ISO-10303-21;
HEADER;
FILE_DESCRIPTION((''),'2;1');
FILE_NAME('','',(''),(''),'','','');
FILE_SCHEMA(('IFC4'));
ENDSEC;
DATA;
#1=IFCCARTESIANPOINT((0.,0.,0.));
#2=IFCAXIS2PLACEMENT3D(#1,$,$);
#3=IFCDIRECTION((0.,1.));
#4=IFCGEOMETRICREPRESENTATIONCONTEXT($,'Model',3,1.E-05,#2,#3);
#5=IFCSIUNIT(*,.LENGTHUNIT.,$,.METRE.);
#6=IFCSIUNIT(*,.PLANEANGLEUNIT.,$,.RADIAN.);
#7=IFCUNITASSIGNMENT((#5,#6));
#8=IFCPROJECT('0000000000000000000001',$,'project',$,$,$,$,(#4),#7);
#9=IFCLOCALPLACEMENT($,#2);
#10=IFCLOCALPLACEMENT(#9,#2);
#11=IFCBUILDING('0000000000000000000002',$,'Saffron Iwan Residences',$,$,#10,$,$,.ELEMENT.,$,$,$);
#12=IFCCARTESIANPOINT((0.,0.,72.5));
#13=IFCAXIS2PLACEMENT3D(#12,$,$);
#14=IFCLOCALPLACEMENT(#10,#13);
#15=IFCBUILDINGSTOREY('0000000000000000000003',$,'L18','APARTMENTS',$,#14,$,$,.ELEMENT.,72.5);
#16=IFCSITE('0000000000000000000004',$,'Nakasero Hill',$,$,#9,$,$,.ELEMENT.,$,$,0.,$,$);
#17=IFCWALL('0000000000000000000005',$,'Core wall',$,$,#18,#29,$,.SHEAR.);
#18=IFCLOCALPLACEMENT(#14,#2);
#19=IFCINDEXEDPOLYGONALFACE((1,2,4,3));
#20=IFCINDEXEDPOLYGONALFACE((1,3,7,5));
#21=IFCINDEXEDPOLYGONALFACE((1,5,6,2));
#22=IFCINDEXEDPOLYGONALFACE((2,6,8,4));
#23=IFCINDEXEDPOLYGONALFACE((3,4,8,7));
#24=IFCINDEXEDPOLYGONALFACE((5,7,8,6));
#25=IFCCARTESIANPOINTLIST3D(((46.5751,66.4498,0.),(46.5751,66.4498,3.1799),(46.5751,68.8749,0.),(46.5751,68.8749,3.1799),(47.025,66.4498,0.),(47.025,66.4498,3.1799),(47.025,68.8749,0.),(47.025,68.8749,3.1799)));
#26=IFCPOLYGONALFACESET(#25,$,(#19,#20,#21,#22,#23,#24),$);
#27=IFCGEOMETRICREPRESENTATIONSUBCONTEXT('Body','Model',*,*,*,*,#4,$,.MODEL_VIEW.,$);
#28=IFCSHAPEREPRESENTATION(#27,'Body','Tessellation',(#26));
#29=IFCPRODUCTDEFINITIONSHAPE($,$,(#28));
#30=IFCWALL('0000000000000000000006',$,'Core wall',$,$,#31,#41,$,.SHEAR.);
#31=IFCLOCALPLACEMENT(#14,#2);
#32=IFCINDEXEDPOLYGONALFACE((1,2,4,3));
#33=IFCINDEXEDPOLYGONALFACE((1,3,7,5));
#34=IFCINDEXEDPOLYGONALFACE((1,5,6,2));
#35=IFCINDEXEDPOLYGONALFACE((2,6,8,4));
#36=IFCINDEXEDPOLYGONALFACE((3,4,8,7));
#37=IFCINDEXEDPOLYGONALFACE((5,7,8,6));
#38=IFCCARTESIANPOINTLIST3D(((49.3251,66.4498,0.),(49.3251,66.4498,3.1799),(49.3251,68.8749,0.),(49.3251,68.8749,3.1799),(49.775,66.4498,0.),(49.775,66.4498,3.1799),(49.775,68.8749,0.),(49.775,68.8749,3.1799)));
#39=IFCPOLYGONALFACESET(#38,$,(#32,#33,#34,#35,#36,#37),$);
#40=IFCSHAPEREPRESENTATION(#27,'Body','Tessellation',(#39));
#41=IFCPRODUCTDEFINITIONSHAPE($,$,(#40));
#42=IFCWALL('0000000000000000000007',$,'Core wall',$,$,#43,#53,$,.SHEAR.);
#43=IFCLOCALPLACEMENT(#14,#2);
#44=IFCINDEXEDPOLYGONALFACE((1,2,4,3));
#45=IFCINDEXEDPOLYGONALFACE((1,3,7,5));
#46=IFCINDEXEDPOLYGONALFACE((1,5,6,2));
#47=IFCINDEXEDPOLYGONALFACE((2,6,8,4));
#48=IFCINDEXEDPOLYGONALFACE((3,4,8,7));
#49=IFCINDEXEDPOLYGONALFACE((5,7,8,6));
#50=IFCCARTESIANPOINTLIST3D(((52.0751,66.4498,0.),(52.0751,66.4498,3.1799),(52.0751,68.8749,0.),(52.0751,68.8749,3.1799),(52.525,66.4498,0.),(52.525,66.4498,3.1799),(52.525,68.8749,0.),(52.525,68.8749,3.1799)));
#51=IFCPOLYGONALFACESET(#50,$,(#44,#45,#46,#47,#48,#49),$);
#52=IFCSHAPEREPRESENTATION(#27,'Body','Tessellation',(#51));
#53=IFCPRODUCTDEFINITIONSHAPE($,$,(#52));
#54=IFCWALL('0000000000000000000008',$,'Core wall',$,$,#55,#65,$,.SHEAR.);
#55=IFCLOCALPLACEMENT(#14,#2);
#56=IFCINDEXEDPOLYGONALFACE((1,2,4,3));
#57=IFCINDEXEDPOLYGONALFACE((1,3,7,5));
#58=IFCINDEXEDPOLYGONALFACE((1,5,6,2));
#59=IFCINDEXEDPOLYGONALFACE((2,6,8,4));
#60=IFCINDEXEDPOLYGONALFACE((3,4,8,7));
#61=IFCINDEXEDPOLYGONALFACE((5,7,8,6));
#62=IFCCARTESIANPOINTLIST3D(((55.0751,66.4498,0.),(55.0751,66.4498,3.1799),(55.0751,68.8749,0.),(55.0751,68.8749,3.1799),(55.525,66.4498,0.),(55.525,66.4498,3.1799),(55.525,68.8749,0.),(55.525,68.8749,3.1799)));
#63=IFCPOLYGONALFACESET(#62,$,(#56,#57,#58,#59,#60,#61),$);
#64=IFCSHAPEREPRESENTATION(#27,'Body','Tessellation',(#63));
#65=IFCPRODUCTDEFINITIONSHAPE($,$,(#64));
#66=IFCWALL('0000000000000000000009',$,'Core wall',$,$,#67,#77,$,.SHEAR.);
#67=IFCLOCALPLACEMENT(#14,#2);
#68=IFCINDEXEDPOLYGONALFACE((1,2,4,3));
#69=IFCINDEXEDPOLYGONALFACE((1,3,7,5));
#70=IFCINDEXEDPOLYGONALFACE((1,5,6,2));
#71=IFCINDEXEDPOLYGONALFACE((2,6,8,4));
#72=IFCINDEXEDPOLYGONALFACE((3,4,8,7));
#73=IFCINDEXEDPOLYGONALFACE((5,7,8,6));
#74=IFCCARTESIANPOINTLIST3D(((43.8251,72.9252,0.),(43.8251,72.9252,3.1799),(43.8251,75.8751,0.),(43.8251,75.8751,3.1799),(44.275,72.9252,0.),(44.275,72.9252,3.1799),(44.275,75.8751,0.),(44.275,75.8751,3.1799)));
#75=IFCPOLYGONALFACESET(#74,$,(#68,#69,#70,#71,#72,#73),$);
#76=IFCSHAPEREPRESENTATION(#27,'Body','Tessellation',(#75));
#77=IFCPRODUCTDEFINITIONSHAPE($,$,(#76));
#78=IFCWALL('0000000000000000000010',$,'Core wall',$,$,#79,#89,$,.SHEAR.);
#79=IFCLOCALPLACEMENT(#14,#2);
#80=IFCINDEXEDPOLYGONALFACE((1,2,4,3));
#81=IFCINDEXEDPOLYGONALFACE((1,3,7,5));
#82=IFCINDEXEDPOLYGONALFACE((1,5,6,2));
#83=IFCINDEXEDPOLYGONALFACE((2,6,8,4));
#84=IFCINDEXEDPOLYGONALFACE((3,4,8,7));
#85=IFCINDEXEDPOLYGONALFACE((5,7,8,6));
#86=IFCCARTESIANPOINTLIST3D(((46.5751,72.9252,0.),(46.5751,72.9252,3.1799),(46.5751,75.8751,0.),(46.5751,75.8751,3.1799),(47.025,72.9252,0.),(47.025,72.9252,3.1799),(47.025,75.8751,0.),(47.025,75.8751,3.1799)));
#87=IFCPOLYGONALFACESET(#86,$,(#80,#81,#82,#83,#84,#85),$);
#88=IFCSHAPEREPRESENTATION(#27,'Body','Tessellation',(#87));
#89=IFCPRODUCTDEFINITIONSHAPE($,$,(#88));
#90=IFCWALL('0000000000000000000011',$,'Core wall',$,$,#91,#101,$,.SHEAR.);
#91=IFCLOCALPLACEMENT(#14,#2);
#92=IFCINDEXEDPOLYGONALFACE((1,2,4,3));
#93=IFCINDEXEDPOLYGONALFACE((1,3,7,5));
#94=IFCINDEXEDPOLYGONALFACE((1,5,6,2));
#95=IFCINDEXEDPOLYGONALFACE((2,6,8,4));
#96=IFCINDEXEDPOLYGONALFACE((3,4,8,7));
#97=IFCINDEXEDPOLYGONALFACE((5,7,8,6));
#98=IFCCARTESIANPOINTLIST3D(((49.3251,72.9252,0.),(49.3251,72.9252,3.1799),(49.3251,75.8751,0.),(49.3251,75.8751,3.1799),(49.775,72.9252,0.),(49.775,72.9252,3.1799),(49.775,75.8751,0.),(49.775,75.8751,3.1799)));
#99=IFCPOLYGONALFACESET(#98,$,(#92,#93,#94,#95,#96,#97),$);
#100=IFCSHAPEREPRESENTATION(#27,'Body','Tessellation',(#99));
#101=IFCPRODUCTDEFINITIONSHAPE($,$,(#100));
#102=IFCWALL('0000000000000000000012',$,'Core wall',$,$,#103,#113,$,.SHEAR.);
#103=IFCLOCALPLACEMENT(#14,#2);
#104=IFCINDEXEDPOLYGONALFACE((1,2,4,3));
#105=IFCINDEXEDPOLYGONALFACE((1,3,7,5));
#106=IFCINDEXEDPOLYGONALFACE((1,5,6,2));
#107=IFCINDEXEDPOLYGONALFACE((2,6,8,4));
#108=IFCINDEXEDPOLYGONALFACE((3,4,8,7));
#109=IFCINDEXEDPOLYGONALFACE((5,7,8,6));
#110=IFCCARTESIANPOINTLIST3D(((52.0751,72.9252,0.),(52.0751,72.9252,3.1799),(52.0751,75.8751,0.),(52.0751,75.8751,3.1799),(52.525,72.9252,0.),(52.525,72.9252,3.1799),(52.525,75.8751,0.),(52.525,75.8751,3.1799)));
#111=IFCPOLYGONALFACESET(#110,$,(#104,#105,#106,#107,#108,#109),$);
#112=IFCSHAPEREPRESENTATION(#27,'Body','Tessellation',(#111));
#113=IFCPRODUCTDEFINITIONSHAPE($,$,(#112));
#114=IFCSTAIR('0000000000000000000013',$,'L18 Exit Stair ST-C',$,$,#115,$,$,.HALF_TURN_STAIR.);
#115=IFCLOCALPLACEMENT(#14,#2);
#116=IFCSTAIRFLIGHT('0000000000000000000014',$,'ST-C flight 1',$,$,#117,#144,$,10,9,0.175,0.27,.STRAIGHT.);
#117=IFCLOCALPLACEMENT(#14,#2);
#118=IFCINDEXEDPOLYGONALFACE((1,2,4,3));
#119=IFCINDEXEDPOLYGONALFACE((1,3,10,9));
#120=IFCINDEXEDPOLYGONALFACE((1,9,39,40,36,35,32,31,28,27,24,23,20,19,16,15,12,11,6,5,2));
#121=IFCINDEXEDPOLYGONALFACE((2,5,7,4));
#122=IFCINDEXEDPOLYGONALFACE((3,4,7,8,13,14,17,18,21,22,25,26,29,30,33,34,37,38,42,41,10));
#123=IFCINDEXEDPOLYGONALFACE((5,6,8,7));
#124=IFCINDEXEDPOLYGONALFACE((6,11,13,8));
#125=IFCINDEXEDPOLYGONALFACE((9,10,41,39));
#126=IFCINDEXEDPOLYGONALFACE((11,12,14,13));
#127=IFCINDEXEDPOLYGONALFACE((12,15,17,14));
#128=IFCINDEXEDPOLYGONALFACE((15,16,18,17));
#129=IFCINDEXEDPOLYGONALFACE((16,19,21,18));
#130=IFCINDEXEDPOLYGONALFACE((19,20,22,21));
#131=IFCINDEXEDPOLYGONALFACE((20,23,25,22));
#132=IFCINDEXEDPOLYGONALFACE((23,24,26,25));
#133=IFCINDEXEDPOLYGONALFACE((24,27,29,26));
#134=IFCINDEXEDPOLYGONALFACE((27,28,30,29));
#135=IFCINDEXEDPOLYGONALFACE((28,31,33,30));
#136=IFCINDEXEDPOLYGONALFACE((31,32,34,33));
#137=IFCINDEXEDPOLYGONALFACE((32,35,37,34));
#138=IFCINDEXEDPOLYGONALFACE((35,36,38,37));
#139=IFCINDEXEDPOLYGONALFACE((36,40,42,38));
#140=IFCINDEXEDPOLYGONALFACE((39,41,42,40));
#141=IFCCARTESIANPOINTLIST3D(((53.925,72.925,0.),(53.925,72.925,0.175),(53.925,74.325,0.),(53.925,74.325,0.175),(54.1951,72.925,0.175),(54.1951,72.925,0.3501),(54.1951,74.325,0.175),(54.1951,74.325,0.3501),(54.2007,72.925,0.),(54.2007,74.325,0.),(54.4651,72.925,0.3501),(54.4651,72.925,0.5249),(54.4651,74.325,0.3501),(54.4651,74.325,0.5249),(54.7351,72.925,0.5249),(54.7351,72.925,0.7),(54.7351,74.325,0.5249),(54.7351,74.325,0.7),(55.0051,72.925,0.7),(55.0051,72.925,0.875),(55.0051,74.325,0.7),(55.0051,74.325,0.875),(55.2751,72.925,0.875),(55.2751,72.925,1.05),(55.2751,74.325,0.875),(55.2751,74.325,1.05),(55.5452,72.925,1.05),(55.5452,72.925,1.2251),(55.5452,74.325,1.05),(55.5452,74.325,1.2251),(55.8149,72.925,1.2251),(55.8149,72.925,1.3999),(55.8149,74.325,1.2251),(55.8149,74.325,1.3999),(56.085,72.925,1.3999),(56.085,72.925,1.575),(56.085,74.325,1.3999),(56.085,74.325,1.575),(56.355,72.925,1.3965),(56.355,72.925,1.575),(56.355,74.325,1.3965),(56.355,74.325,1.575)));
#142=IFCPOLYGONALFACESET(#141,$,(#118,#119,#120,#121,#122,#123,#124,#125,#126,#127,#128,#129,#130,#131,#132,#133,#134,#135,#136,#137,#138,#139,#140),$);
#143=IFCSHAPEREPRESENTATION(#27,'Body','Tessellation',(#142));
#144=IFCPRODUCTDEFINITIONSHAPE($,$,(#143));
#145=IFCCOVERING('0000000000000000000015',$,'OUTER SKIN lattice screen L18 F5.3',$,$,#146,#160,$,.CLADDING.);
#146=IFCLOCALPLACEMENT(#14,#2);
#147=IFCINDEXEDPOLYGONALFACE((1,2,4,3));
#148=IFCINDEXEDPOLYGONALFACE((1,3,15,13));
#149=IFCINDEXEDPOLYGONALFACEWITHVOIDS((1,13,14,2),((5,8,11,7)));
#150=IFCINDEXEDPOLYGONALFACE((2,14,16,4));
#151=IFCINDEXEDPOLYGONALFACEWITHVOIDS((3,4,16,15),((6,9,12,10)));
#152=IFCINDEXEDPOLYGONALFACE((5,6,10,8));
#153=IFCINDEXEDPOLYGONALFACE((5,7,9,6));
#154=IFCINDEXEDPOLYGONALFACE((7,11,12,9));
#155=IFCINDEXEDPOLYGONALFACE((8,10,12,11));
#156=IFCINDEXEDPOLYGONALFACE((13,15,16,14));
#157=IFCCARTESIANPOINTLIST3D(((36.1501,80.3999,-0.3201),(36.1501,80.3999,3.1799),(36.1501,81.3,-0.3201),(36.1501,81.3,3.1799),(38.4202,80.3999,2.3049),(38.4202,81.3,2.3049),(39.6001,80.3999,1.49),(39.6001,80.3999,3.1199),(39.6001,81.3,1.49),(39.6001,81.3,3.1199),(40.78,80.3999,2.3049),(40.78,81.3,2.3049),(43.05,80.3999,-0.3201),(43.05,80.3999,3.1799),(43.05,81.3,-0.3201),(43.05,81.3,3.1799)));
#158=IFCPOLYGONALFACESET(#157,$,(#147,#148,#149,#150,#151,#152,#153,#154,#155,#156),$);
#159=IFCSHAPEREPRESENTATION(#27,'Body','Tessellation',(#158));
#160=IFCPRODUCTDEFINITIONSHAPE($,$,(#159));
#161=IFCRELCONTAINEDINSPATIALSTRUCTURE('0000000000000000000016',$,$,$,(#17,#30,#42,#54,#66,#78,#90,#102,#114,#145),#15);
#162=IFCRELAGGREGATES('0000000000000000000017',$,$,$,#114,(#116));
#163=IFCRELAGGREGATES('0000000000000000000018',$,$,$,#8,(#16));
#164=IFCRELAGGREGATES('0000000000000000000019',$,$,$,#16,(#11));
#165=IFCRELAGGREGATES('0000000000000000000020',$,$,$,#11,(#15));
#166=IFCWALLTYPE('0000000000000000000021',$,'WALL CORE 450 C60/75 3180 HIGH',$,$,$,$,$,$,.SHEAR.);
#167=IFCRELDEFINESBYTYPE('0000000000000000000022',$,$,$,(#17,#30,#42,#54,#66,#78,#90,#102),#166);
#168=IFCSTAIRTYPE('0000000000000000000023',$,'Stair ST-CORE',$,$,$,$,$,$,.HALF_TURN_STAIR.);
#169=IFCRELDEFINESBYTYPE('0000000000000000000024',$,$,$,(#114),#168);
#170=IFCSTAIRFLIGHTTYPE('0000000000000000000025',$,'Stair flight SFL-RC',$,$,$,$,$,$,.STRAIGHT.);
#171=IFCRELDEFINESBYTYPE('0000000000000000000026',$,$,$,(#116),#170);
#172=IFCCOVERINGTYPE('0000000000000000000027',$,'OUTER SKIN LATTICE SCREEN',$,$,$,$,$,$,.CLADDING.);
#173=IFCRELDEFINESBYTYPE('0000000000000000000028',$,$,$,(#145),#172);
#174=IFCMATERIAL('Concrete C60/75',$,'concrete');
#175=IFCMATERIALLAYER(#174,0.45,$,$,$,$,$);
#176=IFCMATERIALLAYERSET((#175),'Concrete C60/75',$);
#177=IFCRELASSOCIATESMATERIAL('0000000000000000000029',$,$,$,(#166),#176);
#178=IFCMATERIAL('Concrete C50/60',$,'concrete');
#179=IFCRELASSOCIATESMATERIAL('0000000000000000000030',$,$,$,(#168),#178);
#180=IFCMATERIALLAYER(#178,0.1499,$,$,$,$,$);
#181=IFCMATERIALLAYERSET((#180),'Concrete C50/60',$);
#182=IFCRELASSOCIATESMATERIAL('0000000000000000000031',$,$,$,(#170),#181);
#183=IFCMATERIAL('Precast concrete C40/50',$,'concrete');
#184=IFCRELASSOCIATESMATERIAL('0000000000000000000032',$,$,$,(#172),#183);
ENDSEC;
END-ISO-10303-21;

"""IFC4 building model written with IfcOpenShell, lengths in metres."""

from ifc_helpers import new_model, si_unit, direction, frame, frame_2d, origin, place, context, subcontext, project, spatial, polyline, rectangle, outline, extrude, material, layer, layer_set, type_object, element, aggregate, save


model = new_model("IFC4")

# Units and contexts
model_context = context("Model", 3, precision=1e-05, world=origin(), true_north=direction((0.0, 1.0)))
body_context = subcontext(model_context, "Body", "Model", "MODEL_VIEW")
ifc_project = project(units=[si_unit("LENGTHUNIT", "METRE"), si_unit("PLANEANGLEUNIT", "RADIAN")], contexts=[model_context])

# Site, building, storey
site_placement = place(None, origin())
site = spatial("IfcSite", under=ifc_project, at=site_placement, Name="Nakasero Hill", CompositionType="ELEMENT", RefElevation=0.0)
building_placement = place(site_placement, origin())
building = spatial("IfcBuilding", under=site, at=building_placement, Name="Saffron Iwan Residences", CompositionType="ELEMENT")
storey_placement = place(building_placement, frame((0.0, 0.0, 72.5)))
storey = spatial("IfcBuildingStorey", under=building, at=storey_placement, Name="L18", Description="APARTMENTS", CompositionType="ELEMENT", Elevation=72.5)

# Shared definitions
ifc_material_1 = material(Name="Concrete C60/75", Category="concrete")

# Walls
ifc_layer_1 = layer(ifc_material_1, 0.45)
ifc_layer_set_1 = layer_set([ifc_layer_1], Name="Concrete C60/75")
wall_type_1 = type_object("IfcWallType", Name="WALL CORE 450 C60/75 3180 HIGH", PredefinedType="SHEAR", material=ifc_layer_set_1)
for number, where, z_axis, x_axis, name in (
    (1, (46.8, 66.45, 0.0), (0.0, 0.0, 1.0), (0.0, 1.0, 0.0), "Core wall"),
    (2, (49.55, 66.45, 0.0), (0.0, 0.0, 1.0), (0.0, 1.0, 0.0), "Core wall"),
    (3, (52.3, 66.45, 0.0), (0.0, 0.0, 1.0), (0.0, 1.0, 0.0), "Core wall"),
    (4, (55.3, 66.45, 0.0), (0.0, 0.0, 1.0), (0.0, 1.0, 0.0), "Core wall"),
):
    element("IfcWall", number, at=place(storey_placement, frame(where, z_axis=z_axis, x_axis=x_axis)), inside=storey, type_object=wall_type_1, Name=name, PredefinedType="SHEAR", context=body_context, shape_type="SweptSolid", body=[
        extrude(rectangle(XDim=2.425, YDim=0.45, at=frame_2d((1.2124, 0.0))), origin(), (0.0, 0.0, 1.0), 3.1799),
    ])
for number, where, z_axis, x_axis, name in (
    (5, (44.05, 72.925, 0.0), (0.0, 0.0, 1.0), (0.0, 1.0, 0.0), "Core wall"),
    (6, (46.8, 72.925, 0.0), (0.0, 0.0, 1.0), (0.0, 1.0, 0.0), "Core wall"),
    (7, (49.55, 72.925, 0.0), (0.0, 0.0, 1.0), (0.0, 1.0, 0.0), "Core wall"),
    (8, (52.3, 72.925, 0.0), (0.0, 0.0, 1.0), (0.0, 1.0, 0.0), "Core wall"),
):
    element("IfcWall", number, at=place(storey_placement, frame(where, z_axis=z_axis, x_axis=x_axis)), inside=storey, type_object=wall_type_1, Name=name, PredefinedType="SHEAR", context=body_context, shape_type="SweptSolid", body=[
        extrude(rectangle(XDim=2.95, YDim=0.45, at=frame_2d((1.4751, 0.0))), origin(), (0.0, 0.0, 1.0), 3.1799),
    ])

# Stair, stair flight
ifc_material_2 = material(Name="Concrete C50/60", Category="concrete")
stair_type = type_object("IfcStairType", Name="Stair ST-CORE", PredefinedType="HALF_TURN_STAIR", material=ifc_material_2)
stair_placement = place(storey_placement, origin())
stair = element("IfcStair", 9, at=stair_placement, inside=storey, type_object=stair_type, Name="L18 Exit Stair ST-C", PredefinedType="HALF_TURN_STAIR")
ifc_layer_2 = layer(ifc_material_2, 0.1499)
ifc_layer_set_2 = layer_set([ifc_layer_2], Name="Concrete C50/60")
stair_flight_type = type_object("IfcStairFlightType", Name="Stair flight SFL-RC", PredefinedType="STRAIGHT", material=ifc_layer_set_2)
stair_flight_placement = place(storey_placement, frame((53.925, 73.625, 0.0), z_axis=(0.0, 0.0, 1.0), x_axis=(1.0, 0.0, 0.0)))
stair_flight = element("IfcStairFlight", 10, at=stair_flight_placement, type_object=stair_flight_type, Name="ST-C flight 1", NumberOfRisers=10, NumberOfTreads=9, PredefinedType="STRAIGHT", RiserHeight=0.175, TreadLength=0.27, context=body_context, shape_type="SweptSolid", body=[
    extrude(outline(polyline([(0.0, 0.0), (0.0, 0.175), (0.27, 0.175), (0.27, 0.3501), (0.54, 0.3501), (0.54, 0.5249), (0.8101, 0.5249), (0.8101, 0.7), (1.0801, 0.7), (1.0801, 0.875), (1.3501, 0.875), (1.3501, 1.05), (1.6201, 1.05), (1.6201, 1.2251), (1.8899, 1.2251), (1.8899, 1.3999), (2.1599, 1.3999), (2.1599, 1.575), (2.4299, 1.575), (2.4299, 1.75), (2.4299, 1.3965), (0.2756, 0.0), (0.0, 0.0)])), frame((0.0, 0.7, 0.0), z_axis=(0.0, -1.0, 0.0), x_axis=(1.0, 0.0, 0.0)), (0.0, 0.0, 1.0), 1.3999),
])
aggregate(stair, [stair_flight])

# Covering
ifc_material_3 = material(Name="Precast concrete C40/50", Category="concrete")
covering_type_1 = type_object("IfcCoveringType", Name="OUTER SKIN LATTICE SCREEN", PredefinedType="CLADDING", material=ifc_material_3)
covering_placement = place(storey_placement, frame((43.05, 80.3999, -0.3201), z_axis=(0.0, 1.0, 0.0), x_axis=(-1.0, 0.0, 0.0)))
element("IfcCovering", 11, at=covering_placement, inside=storey, type_object=covering_type_1, Name="OUTER SKIN lattice screen L18 F5.3", PredefinedType="CLADDING", context=body_context, shape_type="SweptSolid", body=[
    extrude(outline(polyline([(0.0, 0.0), (6.8999, 0.0), (6.8999, 3.5), (0.0, 3.5), (0.0, 0.0)]), holes=[polyline([(2.27, 2.625), (3.45, 1.8101), (4.6299, 2.625), (3.45, 3.4399), (2.27, 2.625)])]), origin(), (0.0, 0.0, 1.0), 0.9001),
])

save(model, "model.ifc")
